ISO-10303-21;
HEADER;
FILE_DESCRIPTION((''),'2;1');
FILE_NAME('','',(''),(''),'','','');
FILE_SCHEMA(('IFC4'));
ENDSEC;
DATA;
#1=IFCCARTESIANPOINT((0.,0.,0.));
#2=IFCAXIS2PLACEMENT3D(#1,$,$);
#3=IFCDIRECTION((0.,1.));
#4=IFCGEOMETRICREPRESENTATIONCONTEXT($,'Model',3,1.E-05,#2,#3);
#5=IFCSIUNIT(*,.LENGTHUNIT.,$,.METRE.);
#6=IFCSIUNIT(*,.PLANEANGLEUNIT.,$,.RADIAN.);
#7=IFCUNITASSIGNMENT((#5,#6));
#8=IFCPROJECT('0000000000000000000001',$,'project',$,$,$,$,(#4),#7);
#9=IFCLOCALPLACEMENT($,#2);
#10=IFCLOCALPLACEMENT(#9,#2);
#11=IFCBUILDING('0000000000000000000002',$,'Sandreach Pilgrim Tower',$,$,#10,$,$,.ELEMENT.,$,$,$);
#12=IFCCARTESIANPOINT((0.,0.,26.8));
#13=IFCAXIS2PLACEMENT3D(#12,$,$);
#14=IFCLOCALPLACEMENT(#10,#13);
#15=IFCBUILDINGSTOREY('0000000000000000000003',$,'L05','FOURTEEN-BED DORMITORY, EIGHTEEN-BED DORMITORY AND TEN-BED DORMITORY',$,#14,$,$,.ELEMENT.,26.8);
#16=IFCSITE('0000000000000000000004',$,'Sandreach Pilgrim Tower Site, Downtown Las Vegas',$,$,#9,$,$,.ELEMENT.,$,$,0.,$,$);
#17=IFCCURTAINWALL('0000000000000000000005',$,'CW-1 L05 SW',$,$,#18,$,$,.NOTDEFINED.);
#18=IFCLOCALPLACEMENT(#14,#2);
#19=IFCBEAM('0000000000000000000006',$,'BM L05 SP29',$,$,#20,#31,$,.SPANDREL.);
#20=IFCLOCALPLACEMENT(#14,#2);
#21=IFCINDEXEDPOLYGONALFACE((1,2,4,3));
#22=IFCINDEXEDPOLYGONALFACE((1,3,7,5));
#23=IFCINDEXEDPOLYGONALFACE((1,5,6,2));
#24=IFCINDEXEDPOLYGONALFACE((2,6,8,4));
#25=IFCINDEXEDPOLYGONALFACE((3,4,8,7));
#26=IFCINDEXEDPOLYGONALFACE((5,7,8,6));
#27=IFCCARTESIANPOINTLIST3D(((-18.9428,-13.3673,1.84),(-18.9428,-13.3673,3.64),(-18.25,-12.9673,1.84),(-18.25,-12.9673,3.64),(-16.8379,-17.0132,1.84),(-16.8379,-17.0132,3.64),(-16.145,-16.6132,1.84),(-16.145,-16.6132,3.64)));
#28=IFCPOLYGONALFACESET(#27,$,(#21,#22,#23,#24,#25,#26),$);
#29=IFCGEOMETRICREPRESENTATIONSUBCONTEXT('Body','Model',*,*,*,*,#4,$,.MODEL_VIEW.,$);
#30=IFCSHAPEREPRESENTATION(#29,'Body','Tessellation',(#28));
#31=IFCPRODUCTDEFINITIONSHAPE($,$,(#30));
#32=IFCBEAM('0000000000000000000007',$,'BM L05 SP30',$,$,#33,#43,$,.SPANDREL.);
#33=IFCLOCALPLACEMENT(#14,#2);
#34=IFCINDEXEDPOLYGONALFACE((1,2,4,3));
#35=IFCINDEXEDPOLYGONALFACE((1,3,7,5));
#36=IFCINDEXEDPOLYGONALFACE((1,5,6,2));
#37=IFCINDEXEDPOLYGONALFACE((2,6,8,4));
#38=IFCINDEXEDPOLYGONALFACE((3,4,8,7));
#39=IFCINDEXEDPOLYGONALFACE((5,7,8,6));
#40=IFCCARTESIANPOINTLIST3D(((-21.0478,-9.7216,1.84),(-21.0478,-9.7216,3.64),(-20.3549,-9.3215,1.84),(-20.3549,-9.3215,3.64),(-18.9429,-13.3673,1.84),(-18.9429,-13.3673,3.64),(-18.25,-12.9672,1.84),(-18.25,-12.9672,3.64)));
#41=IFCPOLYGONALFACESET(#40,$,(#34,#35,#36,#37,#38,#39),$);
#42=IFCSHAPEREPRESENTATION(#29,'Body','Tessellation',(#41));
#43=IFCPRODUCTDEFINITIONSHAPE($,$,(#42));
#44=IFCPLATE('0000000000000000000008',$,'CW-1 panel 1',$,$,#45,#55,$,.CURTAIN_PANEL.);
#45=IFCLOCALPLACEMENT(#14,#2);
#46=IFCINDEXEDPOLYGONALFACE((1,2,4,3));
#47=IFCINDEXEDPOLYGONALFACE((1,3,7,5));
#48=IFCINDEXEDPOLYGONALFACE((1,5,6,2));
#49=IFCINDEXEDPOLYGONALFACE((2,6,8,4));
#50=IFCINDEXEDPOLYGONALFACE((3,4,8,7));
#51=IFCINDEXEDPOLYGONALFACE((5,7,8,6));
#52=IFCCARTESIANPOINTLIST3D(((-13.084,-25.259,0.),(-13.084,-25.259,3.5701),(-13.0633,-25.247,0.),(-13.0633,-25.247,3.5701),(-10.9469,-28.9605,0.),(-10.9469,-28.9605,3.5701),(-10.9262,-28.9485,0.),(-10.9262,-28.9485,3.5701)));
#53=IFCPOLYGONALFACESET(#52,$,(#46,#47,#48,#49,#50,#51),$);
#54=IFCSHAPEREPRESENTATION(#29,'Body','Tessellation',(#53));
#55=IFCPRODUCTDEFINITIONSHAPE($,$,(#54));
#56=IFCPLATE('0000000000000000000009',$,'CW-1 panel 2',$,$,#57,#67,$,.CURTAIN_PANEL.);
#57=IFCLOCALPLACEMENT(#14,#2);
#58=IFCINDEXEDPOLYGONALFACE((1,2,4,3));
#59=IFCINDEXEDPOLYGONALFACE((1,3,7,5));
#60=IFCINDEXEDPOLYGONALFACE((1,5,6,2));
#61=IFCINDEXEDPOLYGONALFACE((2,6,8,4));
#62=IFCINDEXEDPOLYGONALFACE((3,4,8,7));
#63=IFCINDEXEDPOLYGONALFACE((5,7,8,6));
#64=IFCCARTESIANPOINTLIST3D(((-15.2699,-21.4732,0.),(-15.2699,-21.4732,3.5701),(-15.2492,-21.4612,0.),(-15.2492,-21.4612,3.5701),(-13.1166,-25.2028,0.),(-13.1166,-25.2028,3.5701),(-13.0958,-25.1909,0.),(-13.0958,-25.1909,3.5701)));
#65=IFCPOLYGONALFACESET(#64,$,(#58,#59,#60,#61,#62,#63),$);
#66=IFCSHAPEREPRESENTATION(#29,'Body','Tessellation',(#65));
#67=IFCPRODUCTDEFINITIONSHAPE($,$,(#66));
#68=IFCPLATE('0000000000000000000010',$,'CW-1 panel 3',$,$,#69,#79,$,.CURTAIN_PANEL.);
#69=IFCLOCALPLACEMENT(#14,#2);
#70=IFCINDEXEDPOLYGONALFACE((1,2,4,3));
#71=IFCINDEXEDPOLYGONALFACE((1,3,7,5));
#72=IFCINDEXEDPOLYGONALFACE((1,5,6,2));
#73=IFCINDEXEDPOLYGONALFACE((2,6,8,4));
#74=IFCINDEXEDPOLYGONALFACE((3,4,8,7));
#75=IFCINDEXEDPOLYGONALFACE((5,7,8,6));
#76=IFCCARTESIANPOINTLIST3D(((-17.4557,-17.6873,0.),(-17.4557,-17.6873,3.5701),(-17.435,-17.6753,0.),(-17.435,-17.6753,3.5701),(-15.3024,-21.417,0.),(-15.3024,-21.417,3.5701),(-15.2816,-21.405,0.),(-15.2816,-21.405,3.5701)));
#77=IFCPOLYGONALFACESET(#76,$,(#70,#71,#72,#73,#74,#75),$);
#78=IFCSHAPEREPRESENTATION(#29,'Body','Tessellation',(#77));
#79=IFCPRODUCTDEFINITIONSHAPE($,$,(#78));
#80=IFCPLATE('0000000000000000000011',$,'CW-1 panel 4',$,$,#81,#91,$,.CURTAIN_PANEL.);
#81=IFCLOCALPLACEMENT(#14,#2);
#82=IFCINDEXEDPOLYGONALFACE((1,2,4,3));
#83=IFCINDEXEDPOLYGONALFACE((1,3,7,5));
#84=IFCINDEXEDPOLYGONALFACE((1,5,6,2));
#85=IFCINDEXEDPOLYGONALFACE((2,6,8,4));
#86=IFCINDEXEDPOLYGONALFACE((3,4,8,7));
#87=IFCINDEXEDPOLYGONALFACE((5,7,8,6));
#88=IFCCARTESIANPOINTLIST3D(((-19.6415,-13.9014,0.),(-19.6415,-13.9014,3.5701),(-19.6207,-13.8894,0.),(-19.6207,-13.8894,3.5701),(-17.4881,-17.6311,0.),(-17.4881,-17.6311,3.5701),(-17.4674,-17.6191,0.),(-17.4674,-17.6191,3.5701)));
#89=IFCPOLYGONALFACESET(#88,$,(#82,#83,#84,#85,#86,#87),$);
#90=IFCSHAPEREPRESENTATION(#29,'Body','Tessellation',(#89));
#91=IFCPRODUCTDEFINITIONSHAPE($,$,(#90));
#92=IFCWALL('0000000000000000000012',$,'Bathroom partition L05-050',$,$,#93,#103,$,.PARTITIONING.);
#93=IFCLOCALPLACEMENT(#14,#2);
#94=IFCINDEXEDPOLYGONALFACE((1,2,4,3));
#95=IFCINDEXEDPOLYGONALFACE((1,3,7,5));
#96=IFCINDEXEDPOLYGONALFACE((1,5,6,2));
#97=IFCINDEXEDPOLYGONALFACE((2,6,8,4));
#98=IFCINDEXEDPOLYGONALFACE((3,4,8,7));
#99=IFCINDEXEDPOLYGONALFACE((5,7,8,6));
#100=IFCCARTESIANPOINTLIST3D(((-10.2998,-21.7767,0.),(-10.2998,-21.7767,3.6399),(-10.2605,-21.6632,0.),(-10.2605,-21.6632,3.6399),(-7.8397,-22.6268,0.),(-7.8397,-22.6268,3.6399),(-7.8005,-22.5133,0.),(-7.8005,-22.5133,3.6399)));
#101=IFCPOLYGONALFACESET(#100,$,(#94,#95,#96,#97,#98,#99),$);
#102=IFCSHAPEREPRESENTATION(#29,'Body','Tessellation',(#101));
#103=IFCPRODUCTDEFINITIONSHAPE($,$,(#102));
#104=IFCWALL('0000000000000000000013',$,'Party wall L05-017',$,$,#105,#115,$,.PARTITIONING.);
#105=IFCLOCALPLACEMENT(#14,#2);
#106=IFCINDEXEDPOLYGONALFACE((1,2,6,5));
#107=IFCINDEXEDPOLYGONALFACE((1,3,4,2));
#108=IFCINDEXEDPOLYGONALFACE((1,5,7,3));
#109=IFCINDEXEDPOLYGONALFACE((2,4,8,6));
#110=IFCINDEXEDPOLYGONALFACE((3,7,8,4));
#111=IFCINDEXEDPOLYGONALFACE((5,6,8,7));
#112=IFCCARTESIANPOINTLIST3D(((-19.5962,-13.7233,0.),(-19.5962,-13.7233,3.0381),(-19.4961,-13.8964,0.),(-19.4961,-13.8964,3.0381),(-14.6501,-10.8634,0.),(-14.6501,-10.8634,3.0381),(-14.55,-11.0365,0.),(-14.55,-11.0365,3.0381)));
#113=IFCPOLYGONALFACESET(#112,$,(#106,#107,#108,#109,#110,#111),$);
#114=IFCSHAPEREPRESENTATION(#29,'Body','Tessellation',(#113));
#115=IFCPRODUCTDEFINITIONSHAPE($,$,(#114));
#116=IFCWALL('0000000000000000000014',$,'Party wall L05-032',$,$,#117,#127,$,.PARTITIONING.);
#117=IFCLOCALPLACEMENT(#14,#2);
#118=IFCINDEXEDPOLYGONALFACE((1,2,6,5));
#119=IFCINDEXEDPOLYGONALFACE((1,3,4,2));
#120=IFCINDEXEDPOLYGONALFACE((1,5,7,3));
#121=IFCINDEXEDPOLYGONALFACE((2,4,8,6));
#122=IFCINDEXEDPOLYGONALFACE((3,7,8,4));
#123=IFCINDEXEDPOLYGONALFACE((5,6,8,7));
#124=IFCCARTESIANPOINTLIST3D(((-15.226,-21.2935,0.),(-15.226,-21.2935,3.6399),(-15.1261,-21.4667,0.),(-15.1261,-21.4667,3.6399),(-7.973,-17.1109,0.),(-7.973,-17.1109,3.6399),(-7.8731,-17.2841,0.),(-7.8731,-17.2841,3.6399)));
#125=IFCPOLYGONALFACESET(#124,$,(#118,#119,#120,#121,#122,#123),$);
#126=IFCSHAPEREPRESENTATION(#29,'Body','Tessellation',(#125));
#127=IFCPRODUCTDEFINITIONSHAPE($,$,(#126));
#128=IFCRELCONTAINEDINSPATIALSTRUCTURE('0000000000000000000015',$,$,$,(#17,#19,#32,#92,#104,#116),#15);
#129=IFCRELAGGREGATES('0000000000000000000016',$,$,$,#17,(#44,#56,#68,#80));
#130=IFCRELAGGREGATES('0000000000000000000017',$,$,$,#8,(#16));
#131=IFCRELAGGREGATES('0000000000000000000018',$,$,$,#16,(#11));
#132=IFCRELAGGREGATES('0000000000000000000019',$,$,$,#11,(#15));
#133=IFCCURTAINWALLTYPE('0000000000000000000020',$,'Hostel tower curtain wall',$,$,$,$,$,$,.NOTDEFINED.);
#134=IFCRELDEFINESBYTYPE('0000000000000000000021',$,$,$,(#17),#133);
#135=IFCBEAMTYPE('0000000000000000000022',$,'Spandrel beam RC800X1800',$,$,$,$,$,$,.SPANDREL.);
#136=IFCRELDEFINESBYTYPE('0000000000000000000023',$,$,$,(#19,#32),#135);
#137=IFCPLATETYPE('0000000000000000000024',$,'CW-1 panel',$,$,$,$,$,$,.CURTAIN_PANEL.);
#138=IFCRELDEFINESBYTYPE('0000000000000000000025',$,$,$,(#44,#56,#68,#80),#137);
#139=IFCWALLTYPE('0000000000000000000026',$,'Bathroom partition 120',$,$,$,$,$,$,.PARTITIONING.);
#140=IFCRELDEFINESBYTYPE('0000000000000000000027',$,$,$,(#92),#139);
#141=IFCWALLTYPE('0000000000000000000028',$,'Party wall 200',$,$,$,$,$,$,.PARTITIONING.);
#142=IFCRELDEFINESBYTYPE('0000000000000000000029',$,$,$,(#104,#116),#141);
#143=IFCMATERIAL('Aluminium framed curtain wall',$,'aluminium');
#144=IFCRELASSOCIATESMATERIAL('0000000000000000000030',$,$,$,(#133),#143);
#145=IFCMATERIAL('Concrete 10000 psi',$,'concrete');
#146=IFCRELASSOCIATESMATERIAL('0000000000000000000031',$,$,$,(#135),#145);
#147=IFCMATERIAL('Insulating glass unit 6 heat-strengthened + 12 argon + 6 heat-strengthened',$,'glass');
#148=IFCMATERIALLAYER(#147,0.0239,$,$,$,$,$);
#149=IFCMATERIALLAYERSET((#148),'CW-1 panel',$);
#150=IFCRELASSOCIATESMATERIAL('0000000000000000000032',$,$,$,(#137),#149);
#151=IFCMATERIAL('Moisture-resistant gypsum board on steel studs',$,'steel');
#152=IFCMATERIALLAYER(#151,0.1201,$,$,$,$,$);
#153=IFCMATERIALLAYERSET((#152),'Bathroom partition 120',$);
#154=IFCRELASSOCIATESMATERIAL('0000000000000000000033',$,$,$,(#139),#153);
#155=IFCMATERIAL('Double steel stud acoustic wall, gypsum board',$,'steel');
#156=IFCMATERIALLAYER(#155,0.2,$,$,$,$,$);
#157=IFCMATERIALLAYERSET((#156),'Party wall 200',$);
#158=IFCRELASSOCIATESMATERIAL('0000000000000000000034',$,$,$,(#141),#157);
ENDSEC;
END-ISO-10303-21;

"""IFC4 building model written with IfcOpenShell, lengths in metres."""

from ifc_helpers import new_model, si_unit, direction, frame, frame_2d, origin, origin_2d, place, context, subcontext, project, spatial, rectangle, extrude, material, layer, layer_set, material_profile, profile_set, type_object, element, aggregate, save


model = new_model("IFC4")

# Units and contexts
model_context = context("Model", 3, precision=1e-05, world=origin(), true_north=direction((0.0, 1.0)))
body_context = subcontext(model_context, "Body", "Model", "MODEL_VIEW")
ifc_project = project(units=[si_unit("LENGTHUNIT", "METRE"), si_unit("PLANEANGLEUNIT", "RADIAN")], contexts=[model_context])

# Site, building, storey
site_placement = place(None, origin())
site = spatial("IfcSite", under=ifc_project, at=site_placement, Name="Sandreach Pilgrim Tower Site, Downtown Las Vegas", CompositionType="ELEMENT", RefElevation=0.0)
building_placement = place(site_placement, origin())
building = spatial("IfcBuilding", under=site, at=building_placement, Name="Sandreach Pilgrim Tower", CompositionType="ELEMENT")
storey_placement = place(building_placement, frame((0.0, 0.0, 26.8)))
storey = spatial("IfcBuildingStorey", under=building, at=storey_placement, Name="L05", Description="FOURTEEN-BED DORMITORY, EIGHTEEN-BED DORMITORY AND TEN-BED DORMITORY", CompositionType="ELEMENT", Elevation=26.8)

# Curtain wall
ifc_material_1 = material(Name="Aluminium framed curtain wall", Category="aluminium")
curtain_wall_type = type_object("IfcCurtainWallType", Name="Hostel tower curtain wall", PredefinedType="NOTDEFINED", material=ifc_material_1)
curtain_wall_placement = place(storey_placement, origin())
curtain_wall = element("IfcCurtainWall", 1, at=curtain_wall_placement, inside=storey, type_object=curtain_wall_type, Name="CW-1 L05 SW", PredefinedType="NOTDEFINED")

# Beams
ifc_material_2 = material(Name="Concrete 10000 psi", Category="concrete")
ifc_material_profile_1 = material_profile(ifc_material_2, rectangle(XDim=0.8, YDim=1.8, at=origin_2d()), Name="RC800X1800")
ifc_profile_set_1 = profile_set([ifc_material_profile_1], Name="Concrete 10000 psi")
beam_type_1 = type_object("IfcBeamType", Name="Spandrel beam RC800X1800", PredefinedType="SPANDREL", material=ifc_profile_set_1)
beam_1_placement = place(storey_placement, frame((-16.4915, -16.8132, 2.74), z_axis=(-0.499994, 0.866029, 0.0), x_axis=(-0.866029, -0.499994, 0.0)))
element("IfcBeam", 2, at=beam_1_placement, inside=storey, type_object=beam_type_1, Name="BM L05 SP29", PredefinedType="SPANDREL", context=body_context, shape_type="SweptSolid", body=[
    extrude(rectangle(XDim=0.8, YDim=1.8, at=origin_2d()), origin(), (0.0, 0.0, 1.0), 4.21),
])
beam_2_placement = place(storey_placement, frame((-18.5964, -13.1672, 2.74), z_axis=(-0.500019, 0.866015, 0.0), x_axis=(-0.866015, -0.500019, 0.0)))
element("IfcBeam", 3, at=beam_2_placement, inside=storey, type_object=beam_type_1, Name="BM L05 SP30", PredefinedType="SPANDREL", context=body_context, shape_type="SweptSolid", body=[
    extrude(rectangle(XDim=0.8, YDim=1.8, at=origin_2d()), origin(), (0.0, 0.0, 1.0), 4.2097),
])

# Plates
ifc_material_3 = material(Name="Insulating glass unit 6 heat-strengthened + 12 argon + 6 heat-strengthened", Category="glass")
ifc_layer_1 = layer(ifc_material_3, 0.0239)
ifc_layer_set_1 = layer_set([ifc_layer_1], Name="CW-1 panel")
plate_type = type_object("IfcPlateType", Name="CW-1 panel", PredefinedType="CURTAIN_PANEL", material=ifc_layer_set_1)
plate_1_placement = place(storey_placement, frame((-12.0051, -27.1038, 0.0), z_axis=(0.0, 0.0, 1.0), x_axis=(-0.5, 0.866025, 0.0)))
plate_1 = element("IfcPlate", 4, at=plate_1_placement, type_object=plate_type, Name="CW-1 panel 1", PredefinedType="CURTAIN_PANEL", context=body_context, shape_type="SweptSolid", body=[
    extrude(rectangle(XDim=4.2742, YDim=0.0239, at=origin_2d()), origin(), (0.0, 0.0, 1.0), 3.5701),
])
plate_2_placement = place(storey_placement, frame((-14.1829, -23.332, 0.0), z_axis=(0.0, 0.0, 1.0), x_axis=(-0.5, 0.866025, 0.0)))
plate_2 = element("IfcPlate", 5, at=plate_2_placement, type_object=plate_type, Name="CW-1 panel 2", PredefinedType="CURTAIN_PANEL", context=body_context, shape_type="SweptSolid", body=[
    extrude(rectangle(XDim=4.3066, YDim=0.0239, at=origin_2d()), origin(), (0.0, 0.0, 1.0), 3.5701),
])
plate_3_placement = place(storey_placement, frame((-16.3687, -19.5461, 0.0), z_axis=(0.0, 0.0, 1.0), x_axis=(-0.5, 0.866025, 0.0)))
plate_3 = element("IfcPlate", 6, at=plate_3_placement, type_object=plate_type, Name="CW-1 panel 3", PredefinedType="CURTAIN_PANEL", context=body_context, shape_type="SweptSolid", body=[
    extrude(rectangle(XDim=4.3066, YDim=0.0239, at=origin_2d()), origin(), (0.0, 0.0, 1.0), 3.5701),
])
plate_4_placement = place(storey_placement, frame((-18.5544, -15.7603, 0.0), z_axis=(0.0, 0.0, 1.0), x_axis=(-0.5, 0.866025, 0.0)))
plate_4 = element("IfcPlate", 7, at=plate_4_placement, type_object=plate_type, Name="CW-1 panel 4", PredefinedType="CURTAIN_PANEL", context=body_context, shape_type="SweptSolid", body=[
    extrude(rectangle(XDim=4.3066, YDim=0.0239, at=origin_2d()), origin(), (0.0, 0.0, 1.0), 3.5701),
])
aggregate(curtain_wall, [plate_1, plate_2, plate_3, plate_4])

# Walls
ifc_material_4 = material(Name="Moisture-resistant gypsum board on steel studs", Category="steel")
ifc_layer_2 = layer(ifc_material_4, 0.1201)
ifc_layer_set_2 = layer_set([ifc_layer_2], Name="Bathroom partition 120")
wall_type_1 = type_object("IfcWallType", Name="Bathroom partition 120", PredefinedType="PARTITIONING", material=ifc_layer_set_2)
wall_1_placement = place(storey_placement, frame((-10.28, -21.72, 0.0), z_axis=(0.0, 0.0, 1.0), x_axis=(0.945155, -0.326621, 0.0)))
element("IfcWall", 8, at=wall_1_placement, inside=storey, type_object=wall_type_1, Name="Bathroom partition L05-050", PredefinedType="PARTITIONING", context=body_context, shape_type="SweptSolid", body=[
    extrude(rectangle(XDim=2.6028, YDim=0.1201, at=frame_2d((1.3013, 0.0))), origin(), (0.0, 0.0, 1.0), 3.6399),
])
ifc_material_5 = material(Name="Double steel stud acoustic wall, gypsum board", Category="steel")
ifc_layer_3 = layer(ifc_material_5, 0.2)
ifc_layer_set_3 = layer_set([ifc_layer_3], Name="Party wall 200")
wall_type_2 = type_object("IfcWallType", Name="Party wall 200", PredefinedType="PARTITIONING", material=ifc_layer_set_3)
wall_2_placement = place(storey_placement, frame((-19.5461, -13.8098, 0.0), z_axis=(0.0, 0.0, 1.0), x_axis=(0.865702, 0.500559, 0.0)))
element("IfcWall", 9, at=wall_2_placement, inside=storey, type_object=wall_type_2, Name="Party wall L05-017", PredefinedType="PARTITIONING", context=body_context, shape_type="SweptSolid", body=[
    extrude(rectangle(XDim=5.7134, YDim=0.2, at=frame_2d((2.8567, 0.0))), origin(), (0.0, 0.0, 1.0), 3.0381),
])
wall_3_placement = place(storey_placement, frame((-15.176, -21.3801, 0.0), z_axis=(0.0, 0.0, 1.0), x_axis=(0.866277, 0.499564, 0.0)))
element("IfcWall", 10, at=wall_3_placement, inside=storey, type_object=wall_type_2, Name="Party wall L05-032", PredefinedType="PARTITIONING", context=body_context, shape_type="SweptSolid", body=[
    extrude(rectangle(XDim=8.3726, YDim=0.2, at=frame_2d((4.1863, 0.0))), origin(), (0.0, 0.0, 1.0), 3.6399),
])

save(model, "model.ifc")
